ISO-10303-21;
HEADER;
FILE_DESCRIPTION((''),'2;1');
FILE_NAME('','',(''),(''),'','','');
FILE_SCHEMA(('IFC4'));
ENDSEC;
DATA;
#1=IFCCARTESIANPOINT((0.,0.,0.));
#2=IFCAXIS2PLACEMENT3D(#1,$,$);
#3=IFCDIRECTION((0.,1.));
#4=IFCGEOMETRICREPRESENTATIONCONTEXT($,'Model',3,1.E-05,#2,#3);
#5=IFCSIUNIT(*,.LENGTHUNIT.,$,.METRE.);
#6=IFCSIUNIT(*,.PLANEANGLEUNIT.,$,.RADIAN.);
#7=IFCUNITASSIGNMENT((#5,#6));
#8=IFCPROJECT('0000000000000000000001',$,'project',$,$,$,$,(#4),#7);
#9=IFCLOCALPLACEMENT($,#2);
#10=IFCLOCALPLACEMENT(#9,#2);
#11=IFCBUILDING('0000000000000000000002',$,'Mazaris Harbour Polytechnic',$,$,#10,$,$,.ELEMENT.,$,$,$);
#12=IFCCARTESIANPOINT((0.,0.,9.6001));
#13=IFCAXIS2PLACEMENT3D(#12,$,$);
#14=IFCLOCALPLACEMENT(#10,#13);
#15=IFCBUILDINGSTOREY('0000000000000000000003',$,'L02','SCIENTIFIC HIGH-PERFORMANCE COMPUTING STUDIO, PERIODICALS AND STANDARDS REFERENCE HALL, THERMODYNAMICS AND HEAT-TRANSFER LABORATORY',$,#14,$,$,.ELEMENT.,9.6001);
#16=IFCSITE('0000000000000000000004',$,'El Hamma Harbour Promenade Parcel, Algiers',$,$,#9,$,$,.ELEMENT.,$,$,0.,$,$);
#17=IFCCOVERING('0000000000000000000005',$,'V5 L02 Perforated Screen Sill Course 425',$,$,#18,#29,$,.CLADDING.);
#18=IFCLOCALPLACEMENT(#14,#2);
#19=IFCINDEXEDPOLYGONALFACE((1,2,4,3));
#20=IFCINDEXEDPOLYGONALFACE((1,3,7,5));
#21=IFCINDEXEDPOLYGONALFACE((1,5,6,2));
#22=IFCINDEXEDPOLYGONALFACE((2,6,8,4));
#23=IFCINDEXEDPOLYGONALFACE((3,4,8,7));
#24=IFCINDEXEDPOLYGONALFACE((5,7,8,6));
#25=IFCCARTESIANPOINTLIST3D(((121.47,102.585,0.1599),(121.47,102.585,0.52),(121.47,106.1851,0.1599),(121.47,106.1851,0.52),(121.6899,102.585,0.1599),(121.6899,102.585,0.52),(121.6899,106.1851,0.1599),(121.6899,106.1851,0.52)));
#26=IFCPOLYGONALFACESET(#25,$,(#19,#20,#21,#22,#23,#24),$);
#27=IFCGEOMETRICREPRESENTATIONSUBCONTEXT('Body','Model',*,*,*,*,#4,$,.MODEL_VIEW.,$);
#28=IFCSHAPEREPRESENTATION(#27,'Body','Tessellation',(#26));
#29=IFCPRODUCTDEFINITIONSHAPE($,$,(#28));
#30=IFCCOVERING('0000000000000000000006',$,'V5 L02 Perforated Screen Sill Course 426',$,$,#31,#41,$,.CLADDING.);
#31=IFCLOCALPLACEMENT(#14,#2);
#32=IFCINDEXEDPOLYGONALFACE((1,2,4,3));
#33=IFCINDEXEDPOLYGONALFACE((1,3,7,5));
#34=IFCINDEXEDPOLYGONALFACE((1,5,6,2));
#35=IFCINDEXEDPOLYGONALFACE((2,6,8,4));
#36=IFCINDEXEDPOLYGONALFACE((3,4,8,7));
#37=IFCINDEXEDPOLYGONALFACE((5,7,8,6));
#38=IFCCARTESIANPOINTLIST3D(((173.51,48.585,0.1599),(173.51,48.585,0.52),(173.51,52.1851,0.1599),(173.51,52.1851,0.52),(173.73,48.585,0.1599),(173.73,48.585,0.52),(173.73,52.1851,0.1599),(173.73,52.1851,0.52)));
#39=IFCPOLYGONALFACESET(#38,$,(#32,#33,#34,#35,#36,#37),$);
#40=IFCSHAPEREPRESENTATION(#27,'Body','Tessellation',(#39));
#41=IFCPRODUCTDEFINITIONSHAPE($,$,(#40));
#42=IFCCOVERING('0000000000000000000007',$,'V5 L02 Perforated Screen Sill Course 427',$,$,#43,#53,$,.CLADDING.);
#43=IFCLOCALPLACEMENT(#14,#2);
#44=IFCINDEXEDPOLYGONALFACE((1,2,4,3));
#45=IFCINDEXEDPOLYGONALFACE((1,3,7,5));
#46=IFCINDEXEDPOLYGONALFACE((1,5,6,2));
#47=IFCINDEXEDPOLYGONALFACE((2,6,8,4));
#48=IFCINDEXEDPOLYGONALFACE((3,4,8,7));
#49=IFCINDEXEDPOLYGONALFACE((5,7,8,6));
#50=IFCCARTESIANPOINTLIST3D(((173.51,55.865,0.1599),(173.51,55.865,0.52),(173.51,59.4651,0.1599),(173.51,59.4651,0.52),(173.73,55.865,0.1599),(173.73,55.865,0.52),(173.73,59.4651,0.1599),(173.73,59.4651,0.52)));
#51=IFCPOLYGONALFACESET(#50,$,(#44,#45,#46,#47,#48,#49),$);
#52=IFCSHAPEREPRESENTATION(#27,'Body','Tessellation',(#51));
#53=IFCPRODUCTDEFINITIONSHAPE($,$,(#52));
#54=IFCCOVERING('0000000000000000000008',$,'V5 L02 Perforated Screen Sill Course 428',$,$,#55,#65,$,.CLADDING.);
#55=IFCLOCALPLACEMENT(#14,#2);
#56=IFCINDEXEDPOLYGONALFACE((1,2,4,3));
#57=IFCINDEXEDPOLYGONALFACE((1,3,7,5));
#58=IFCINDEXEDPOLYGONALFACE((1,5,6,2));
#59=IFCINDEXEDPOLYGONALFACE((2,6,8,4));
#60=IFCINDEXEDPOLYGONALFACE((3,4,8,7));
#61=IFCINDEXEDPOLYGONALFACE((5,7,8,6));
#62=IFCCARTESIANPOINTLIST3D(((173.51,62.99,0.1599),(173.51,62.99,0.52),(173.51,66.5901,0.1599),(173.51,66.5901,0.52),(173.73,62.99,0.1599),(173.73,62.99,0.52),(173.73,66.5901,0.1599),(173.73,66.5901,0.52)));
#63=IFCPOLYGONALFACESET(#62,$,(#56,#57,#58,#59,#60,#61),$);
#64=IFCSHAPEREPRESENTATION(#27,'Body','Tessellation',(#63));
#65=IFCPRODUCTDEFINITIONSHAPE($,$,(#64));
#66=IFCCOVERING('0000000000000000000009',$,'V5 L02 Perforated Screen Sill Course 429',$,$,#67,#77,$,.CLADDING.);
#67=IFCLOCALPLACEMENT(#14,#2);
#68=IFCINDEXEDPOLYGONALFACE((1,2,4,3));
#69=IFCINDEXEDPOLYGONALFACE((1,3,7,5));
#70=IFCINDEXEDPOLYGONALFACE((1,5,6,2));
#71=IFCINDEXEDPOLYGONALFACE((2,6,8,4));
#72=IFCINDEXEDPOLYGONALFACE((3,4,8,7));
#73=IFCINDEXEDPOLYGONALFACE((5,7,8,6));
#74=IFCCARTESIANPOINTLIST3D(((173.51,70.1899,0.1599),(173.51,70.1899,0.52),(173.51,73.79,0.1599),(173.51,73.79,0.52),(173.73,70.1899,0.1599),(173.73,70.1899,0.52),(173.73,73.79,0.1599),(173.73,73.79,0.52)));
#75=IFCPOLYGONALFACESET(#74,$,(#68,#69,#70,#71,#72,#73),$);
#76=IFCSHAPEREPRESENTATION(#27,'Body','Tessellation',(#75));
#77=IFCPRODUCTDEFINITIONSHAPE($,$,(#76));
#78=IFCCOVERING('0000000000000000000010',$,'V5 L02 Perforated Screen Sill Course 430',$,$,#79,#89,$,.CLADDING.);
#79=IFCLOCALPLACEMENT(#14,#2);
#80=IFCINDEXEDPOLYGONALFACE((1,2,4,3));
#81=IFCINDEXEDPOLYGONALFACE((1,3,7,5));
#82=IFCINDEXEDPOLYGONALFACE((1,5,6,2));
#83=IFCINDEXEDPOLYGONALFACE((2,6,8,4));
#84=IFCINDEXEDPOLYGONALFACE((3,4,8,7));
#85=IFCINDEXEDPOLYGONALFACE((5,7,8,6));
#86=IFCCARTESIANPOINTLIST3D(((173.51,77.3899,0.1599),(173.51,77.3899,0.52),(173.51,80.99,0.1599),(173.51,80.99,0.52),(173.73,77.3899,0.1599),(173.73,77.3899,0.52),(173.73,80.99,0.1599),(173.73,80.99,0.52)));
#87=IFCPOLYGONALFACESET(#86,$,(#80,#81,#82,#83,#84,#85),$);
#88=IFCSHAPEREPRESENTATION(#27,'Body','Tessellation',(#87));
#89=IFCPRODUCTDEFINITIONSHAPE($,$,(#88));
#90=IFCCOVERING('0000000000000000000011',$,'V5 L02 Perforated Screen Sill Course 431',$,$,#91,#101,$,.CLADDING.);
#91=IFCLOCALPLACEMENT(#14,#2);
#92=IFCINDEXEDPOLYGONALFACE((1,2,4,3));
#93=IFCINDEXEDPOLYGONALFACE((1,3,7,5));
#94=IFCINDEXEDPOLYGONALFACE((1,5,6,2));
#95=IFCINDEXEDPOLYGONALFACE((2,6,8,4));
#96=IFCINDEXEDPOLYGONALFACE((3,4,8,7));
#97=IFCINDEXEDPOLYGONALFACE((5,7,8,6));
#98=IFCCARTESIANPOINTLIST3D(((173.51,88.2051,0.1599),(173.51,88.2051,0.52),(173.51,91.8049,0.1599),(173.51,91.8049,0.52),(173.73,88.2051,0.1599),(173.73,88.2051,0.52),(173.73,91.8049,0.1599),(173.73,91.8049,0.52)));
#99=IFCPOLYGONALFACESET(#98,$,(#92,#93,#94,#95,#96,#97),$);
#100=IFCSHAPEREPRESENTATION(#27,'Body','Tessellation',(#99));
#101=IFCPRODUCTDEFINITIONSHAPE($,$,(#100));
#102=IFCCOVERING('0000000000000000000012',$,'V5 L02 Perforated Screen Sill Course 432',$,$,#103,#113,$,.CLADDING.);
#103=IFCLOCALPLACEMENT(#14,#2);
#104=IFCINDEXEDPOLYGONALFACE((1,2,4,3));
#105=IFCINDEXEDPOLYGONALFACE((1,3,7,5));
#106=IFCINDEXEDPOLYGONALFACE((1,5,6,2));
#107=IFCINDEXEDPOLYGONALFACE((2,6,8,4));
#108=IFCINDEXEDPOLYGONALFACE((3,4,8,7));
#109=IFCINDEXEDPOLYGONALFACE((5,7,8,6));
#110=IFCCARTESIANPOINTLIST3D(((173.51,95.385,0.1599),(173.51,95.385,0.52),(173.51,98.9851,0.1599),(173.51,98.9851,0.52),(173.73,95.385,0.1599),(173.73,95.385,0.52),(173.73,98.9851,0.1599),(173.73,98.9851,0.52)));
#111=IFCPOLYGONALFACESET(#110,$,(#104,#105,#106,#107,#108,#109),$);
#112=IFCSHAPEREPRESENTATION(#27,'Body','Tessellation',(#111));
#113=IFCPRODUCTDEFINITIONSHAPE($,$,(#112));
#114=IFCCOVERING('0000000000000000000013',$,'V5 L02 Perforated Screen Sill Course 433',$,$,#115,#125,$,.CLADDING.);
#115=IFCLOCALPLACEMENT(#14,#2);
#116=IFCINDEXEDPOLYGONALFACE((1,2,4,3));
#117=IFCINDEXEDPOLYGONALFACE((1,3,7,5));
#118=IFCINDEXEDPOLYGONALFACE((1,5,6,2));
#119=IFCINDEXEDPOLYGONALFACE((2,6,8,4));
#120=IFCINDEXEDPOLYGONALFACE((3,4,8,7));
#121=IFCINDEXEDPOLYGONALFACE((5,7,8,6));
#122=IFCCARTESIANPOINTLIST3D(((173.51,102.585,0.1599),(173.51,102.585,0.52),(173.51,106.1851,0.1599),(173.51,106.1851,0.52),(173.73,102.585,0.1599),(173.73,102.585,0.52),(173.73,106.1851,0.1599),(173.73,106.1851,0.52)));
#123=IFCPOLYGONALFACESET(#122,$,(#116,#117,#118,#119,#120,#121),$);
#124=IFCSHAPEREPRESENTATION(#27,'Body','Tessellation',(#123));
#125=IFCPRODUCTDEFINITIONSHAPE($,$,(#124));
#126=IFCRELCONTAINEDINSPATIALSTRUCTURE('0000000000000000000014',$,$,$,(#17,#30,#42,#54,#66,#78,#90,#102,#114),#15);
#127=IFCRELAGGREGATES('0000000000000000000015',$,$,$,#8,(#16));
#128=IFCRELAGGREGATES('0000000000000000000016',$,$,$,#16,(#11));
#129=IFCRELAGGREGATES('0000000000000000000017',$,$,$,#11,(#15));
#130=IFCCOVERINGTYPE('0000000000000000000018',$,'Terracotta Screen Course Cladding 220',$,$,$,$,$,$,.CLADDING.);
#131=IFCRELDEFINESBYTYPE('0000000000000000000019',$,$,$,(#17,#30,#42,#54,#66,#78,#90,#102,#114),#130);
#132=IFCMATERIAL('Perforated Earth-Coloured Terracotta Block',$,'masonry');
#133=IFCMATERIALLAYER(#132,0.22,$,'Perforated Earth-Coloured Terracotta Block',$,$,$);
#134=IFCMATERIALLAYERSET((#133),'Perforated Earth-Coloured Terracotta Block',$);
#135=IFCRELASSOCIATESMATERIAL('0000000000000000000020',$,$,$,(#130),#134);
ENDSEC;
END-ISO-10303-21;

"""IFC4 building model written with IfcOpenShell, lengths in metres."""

from ifc_helpers import new_model, si_unit, direction, frame, origin, place, context, subcontext, project, spatial, polyline, outline, extrude, material, layer, layer_set, type_object, element, save


model = new_model("IFC4")

# Units and contexts
model_context = context("Model", 3, precision=1e-05, world=origin(), true_north=direction((0.0, 1.0)))
body_context = subcontext(model_context, "Body", "Model", "MODEL_VIEW")
ifc_project = project(units=[si_unit("LENGTHUNIT", "METRE"), si_unit("PLANEANGLEUNIT", "RADIAN")], contexts=[model_context])

# Site, building, storey
site_placement = place(None, origin())
site = spatial("IfcSite", under=ifc_project, at=site_placement, Name="El Hamma Harbour Promenade Parcel, Algiers", CompositionType="ELEMENT", RefElevation=0.0)
building_placement = place(site_placement, origin())
building = spatial("IfcBuilding", under=site, at=building_placement, Name="Mazaris Harbour Polytechnic", CompositionType="ELEMENT")
storey_placement = place(building_placement, frame((0.0, 0.0, 9.6001)))
storey = spatial("IfcBuildingStorey", under=building, at=storey_placement, Name="L02", Description="SCIENTIFIC HIGH-PERFORMANCE COMPUTING STUDIO, PERIODICALS AND STANDARDS REFERENCE HALL, THERMODYNAMICS AND HEAT-TRANSFER LABORATORY", CompositionType="ELEMENT", Elevation=9.6001)

# Coverings
ifc_material = material(Name="Perforated Earth-Coloured Terracotta Block", Category="masonry")
ifc_layer = layer(ifc_material, 0.22, Name="Perforated Earth-Coloured Terracotta Block")
ifc_layer_set = layer_set([ifc_layer], Name="Perforated Earth-Coloured Terracotta Block")
covering_type = type_object("IfcCoveringType", Name="Terracotta Screen Course Cladding 220", PredefinedType="CLADDING", material=ifc_layer_set)
covering_1_placement = place(storey_placement, frame((0.0, 0.0, 0.1599)))
element("IfcCovering", 1, at=covering_1_placement, inside=storey, type_object=covering_type, Name="V5 L02 Perforated Screen Sill Course 425", PredefinedType="CLADDING", context=body_context, shape_type="SweptSolid", body=[
    extrude(outline(polyline([(121.6899, 102.585), (121.6899, 106.1851), (121.47, 106.1851), (121.47, 102.585), (121.6899, 102.585)])), origin(), (0.0, 0.0, 1.0), 0.3601),
])
covering_2_placement = place(storey_placement, frame((0.0, 0.0, 0.1599)))
element("IfcCovering", 2, at=covering_2_placement, inside=storey, type_object=covering_type, Name="V5 L02 Perforated Screen Sill Course 426", PredefinedType="CLADDING", context=body_context, shape_type="SweptSolid", body=[
    extrude(outline(polyline([(173.51, 52.1851), (173.51, 48.585), (173.73, 48.585), (173.73, 52.1851), (173.51, 52.1851)])), origin(), (0.0, 0.0, 1.0), 0.3601),
])
covering_3_placement = place(storey_placement, frame((0.0, 0.0, 0.1599)))
element("IfcCovering", 3, at=covering_3_placement, inside=storey, type_object=covering_type, Name="V5 L02 Perforated Screen Sill Course 427", PredefinedType="CLADDING", context=body_context, shape_type="SweptSolid", body=[
    extrude(outline(polyline([(173.51, 59.4651), (173.51, 55.865), (173.73, 55.865), (173.73, 59.4651), (173.51, 59.4651)])), origin(), (0.0, 0.0, 1.0), 0.3601),
])
covering_4_placement = place(storey_placement, frame((0.0, 0.0, 0.1599)))
element("IfcCovering", 4, at=covering_4_placement, inside=storey, type_object=covering_type, Name="V5 L02 Perforated Screen Sill Course 428", PredefinedType="CLADDING", context=body_context, shape_type="SweptSolid", body=[
    extrude(outline(polyline([(173.51, 66.5901), (173.51, 62.99), (173.73, 62.99), (173.73, 66.5901), (173.51, 66.5901)])), origin(), (0.0, 0.0, 1.0), 0.3601),
])
covering_5_placement = place(storey_placement, frame((0.0, 0.0, 0.1599)))
element("IfcCovering", 5, at=covering_5_placement, inside=storey, type_object=covering_type, Name="V5 L02 Perforated Screen Sill Course 429", PredefinedType="CLADDING", context=body_context, shape_type="SweptSolid", body=[
    extrude(outline(polyline([(173.51, 73.79), (173.51, 70.1899), (173.73, 70.1899), (173.73, 73.79), (173.51, 73.79)])), origin(), (0.0, 0.0, 1.0), 0.3601),
])
covering_6_placement = place(storey_placement, frame((0.0, 0.0, 0.1599)))
element("IfcCovering", 6, at=covering_6_placement, inside=storey, type_object=covering_type, Name="V5 L02 Perforated Screen Sill Course 430", PredefinedType="CLADDING", context=body_context, shape_type="SweptSolid", body=[
    extrude(outline(polyline([(173.51, 80.99), (173.51, 77.3899), (173.73, 77.3899), (173.73, 80.99), (173.51, 80.99)])), origin(), (0.0, 0.0, 1.0), 0.3601),
])
covering_7_placement = place(storey_placement, frame((0.0, 0.0, 0.1599)))
element("IfcCovering", 7, at=covering_7_placement, inside=storey, type_object=covering_type, Name="V5 L02 Perforated Screen Sill Course 431", PredefinedType="CLADDING", context=body_context, shape_type="SweptSolid", body=[
    extrude(outline(polyline([(173.51, 91.8049), (173.51, 88.2051), (173.73, 88.2051), (173.73, 91.8049), (173.51, 91.8049)])), origin(), (0.0, 0.0, 1.0), 0.3601),
])
covering_8_placement = place(storey_placement, frame((0.0, 0.0, 0.1599)))
element("IfcCovering", 8, at=covering_8_placement, inside=storey, type_object=covering_type, Name="V5 L02 Perforated Screen Sill Course 432", PredefinedType="CLADDING", context=body_context, shape_type="SweptSolid", body=[
    extrude(outline(polyline([(173.51, 98.9851), (173.51, 95.385), (173.73, 95.385), (173.73, 98.9851), (173.51, 98.9851)])), origin(), (0.0, 0.0, 1.0), 0.3601),
])
covering_9_placement = place(storey_placement, frame((0.0, 0.0, 0.1599)))
element("IfcCovering", 9, at=covering_9_placement, inside=storey, type_object=covering_type, Name="V5 L02 Perforated Screen Sill Course 433", PredefinedType="CLADDING", context=body_context, shape_type="SweptSolid", body=[
    extrude(outline(polyline([(173.51, 106.1851), (173.51, 102.585), (173.73, 102.585), (173.73, 106.1851), (173.51, 106.1851)])), origin(), (0.0, 0.0, 1.0), 0.3601),
])

save(model, "model.ifc")
